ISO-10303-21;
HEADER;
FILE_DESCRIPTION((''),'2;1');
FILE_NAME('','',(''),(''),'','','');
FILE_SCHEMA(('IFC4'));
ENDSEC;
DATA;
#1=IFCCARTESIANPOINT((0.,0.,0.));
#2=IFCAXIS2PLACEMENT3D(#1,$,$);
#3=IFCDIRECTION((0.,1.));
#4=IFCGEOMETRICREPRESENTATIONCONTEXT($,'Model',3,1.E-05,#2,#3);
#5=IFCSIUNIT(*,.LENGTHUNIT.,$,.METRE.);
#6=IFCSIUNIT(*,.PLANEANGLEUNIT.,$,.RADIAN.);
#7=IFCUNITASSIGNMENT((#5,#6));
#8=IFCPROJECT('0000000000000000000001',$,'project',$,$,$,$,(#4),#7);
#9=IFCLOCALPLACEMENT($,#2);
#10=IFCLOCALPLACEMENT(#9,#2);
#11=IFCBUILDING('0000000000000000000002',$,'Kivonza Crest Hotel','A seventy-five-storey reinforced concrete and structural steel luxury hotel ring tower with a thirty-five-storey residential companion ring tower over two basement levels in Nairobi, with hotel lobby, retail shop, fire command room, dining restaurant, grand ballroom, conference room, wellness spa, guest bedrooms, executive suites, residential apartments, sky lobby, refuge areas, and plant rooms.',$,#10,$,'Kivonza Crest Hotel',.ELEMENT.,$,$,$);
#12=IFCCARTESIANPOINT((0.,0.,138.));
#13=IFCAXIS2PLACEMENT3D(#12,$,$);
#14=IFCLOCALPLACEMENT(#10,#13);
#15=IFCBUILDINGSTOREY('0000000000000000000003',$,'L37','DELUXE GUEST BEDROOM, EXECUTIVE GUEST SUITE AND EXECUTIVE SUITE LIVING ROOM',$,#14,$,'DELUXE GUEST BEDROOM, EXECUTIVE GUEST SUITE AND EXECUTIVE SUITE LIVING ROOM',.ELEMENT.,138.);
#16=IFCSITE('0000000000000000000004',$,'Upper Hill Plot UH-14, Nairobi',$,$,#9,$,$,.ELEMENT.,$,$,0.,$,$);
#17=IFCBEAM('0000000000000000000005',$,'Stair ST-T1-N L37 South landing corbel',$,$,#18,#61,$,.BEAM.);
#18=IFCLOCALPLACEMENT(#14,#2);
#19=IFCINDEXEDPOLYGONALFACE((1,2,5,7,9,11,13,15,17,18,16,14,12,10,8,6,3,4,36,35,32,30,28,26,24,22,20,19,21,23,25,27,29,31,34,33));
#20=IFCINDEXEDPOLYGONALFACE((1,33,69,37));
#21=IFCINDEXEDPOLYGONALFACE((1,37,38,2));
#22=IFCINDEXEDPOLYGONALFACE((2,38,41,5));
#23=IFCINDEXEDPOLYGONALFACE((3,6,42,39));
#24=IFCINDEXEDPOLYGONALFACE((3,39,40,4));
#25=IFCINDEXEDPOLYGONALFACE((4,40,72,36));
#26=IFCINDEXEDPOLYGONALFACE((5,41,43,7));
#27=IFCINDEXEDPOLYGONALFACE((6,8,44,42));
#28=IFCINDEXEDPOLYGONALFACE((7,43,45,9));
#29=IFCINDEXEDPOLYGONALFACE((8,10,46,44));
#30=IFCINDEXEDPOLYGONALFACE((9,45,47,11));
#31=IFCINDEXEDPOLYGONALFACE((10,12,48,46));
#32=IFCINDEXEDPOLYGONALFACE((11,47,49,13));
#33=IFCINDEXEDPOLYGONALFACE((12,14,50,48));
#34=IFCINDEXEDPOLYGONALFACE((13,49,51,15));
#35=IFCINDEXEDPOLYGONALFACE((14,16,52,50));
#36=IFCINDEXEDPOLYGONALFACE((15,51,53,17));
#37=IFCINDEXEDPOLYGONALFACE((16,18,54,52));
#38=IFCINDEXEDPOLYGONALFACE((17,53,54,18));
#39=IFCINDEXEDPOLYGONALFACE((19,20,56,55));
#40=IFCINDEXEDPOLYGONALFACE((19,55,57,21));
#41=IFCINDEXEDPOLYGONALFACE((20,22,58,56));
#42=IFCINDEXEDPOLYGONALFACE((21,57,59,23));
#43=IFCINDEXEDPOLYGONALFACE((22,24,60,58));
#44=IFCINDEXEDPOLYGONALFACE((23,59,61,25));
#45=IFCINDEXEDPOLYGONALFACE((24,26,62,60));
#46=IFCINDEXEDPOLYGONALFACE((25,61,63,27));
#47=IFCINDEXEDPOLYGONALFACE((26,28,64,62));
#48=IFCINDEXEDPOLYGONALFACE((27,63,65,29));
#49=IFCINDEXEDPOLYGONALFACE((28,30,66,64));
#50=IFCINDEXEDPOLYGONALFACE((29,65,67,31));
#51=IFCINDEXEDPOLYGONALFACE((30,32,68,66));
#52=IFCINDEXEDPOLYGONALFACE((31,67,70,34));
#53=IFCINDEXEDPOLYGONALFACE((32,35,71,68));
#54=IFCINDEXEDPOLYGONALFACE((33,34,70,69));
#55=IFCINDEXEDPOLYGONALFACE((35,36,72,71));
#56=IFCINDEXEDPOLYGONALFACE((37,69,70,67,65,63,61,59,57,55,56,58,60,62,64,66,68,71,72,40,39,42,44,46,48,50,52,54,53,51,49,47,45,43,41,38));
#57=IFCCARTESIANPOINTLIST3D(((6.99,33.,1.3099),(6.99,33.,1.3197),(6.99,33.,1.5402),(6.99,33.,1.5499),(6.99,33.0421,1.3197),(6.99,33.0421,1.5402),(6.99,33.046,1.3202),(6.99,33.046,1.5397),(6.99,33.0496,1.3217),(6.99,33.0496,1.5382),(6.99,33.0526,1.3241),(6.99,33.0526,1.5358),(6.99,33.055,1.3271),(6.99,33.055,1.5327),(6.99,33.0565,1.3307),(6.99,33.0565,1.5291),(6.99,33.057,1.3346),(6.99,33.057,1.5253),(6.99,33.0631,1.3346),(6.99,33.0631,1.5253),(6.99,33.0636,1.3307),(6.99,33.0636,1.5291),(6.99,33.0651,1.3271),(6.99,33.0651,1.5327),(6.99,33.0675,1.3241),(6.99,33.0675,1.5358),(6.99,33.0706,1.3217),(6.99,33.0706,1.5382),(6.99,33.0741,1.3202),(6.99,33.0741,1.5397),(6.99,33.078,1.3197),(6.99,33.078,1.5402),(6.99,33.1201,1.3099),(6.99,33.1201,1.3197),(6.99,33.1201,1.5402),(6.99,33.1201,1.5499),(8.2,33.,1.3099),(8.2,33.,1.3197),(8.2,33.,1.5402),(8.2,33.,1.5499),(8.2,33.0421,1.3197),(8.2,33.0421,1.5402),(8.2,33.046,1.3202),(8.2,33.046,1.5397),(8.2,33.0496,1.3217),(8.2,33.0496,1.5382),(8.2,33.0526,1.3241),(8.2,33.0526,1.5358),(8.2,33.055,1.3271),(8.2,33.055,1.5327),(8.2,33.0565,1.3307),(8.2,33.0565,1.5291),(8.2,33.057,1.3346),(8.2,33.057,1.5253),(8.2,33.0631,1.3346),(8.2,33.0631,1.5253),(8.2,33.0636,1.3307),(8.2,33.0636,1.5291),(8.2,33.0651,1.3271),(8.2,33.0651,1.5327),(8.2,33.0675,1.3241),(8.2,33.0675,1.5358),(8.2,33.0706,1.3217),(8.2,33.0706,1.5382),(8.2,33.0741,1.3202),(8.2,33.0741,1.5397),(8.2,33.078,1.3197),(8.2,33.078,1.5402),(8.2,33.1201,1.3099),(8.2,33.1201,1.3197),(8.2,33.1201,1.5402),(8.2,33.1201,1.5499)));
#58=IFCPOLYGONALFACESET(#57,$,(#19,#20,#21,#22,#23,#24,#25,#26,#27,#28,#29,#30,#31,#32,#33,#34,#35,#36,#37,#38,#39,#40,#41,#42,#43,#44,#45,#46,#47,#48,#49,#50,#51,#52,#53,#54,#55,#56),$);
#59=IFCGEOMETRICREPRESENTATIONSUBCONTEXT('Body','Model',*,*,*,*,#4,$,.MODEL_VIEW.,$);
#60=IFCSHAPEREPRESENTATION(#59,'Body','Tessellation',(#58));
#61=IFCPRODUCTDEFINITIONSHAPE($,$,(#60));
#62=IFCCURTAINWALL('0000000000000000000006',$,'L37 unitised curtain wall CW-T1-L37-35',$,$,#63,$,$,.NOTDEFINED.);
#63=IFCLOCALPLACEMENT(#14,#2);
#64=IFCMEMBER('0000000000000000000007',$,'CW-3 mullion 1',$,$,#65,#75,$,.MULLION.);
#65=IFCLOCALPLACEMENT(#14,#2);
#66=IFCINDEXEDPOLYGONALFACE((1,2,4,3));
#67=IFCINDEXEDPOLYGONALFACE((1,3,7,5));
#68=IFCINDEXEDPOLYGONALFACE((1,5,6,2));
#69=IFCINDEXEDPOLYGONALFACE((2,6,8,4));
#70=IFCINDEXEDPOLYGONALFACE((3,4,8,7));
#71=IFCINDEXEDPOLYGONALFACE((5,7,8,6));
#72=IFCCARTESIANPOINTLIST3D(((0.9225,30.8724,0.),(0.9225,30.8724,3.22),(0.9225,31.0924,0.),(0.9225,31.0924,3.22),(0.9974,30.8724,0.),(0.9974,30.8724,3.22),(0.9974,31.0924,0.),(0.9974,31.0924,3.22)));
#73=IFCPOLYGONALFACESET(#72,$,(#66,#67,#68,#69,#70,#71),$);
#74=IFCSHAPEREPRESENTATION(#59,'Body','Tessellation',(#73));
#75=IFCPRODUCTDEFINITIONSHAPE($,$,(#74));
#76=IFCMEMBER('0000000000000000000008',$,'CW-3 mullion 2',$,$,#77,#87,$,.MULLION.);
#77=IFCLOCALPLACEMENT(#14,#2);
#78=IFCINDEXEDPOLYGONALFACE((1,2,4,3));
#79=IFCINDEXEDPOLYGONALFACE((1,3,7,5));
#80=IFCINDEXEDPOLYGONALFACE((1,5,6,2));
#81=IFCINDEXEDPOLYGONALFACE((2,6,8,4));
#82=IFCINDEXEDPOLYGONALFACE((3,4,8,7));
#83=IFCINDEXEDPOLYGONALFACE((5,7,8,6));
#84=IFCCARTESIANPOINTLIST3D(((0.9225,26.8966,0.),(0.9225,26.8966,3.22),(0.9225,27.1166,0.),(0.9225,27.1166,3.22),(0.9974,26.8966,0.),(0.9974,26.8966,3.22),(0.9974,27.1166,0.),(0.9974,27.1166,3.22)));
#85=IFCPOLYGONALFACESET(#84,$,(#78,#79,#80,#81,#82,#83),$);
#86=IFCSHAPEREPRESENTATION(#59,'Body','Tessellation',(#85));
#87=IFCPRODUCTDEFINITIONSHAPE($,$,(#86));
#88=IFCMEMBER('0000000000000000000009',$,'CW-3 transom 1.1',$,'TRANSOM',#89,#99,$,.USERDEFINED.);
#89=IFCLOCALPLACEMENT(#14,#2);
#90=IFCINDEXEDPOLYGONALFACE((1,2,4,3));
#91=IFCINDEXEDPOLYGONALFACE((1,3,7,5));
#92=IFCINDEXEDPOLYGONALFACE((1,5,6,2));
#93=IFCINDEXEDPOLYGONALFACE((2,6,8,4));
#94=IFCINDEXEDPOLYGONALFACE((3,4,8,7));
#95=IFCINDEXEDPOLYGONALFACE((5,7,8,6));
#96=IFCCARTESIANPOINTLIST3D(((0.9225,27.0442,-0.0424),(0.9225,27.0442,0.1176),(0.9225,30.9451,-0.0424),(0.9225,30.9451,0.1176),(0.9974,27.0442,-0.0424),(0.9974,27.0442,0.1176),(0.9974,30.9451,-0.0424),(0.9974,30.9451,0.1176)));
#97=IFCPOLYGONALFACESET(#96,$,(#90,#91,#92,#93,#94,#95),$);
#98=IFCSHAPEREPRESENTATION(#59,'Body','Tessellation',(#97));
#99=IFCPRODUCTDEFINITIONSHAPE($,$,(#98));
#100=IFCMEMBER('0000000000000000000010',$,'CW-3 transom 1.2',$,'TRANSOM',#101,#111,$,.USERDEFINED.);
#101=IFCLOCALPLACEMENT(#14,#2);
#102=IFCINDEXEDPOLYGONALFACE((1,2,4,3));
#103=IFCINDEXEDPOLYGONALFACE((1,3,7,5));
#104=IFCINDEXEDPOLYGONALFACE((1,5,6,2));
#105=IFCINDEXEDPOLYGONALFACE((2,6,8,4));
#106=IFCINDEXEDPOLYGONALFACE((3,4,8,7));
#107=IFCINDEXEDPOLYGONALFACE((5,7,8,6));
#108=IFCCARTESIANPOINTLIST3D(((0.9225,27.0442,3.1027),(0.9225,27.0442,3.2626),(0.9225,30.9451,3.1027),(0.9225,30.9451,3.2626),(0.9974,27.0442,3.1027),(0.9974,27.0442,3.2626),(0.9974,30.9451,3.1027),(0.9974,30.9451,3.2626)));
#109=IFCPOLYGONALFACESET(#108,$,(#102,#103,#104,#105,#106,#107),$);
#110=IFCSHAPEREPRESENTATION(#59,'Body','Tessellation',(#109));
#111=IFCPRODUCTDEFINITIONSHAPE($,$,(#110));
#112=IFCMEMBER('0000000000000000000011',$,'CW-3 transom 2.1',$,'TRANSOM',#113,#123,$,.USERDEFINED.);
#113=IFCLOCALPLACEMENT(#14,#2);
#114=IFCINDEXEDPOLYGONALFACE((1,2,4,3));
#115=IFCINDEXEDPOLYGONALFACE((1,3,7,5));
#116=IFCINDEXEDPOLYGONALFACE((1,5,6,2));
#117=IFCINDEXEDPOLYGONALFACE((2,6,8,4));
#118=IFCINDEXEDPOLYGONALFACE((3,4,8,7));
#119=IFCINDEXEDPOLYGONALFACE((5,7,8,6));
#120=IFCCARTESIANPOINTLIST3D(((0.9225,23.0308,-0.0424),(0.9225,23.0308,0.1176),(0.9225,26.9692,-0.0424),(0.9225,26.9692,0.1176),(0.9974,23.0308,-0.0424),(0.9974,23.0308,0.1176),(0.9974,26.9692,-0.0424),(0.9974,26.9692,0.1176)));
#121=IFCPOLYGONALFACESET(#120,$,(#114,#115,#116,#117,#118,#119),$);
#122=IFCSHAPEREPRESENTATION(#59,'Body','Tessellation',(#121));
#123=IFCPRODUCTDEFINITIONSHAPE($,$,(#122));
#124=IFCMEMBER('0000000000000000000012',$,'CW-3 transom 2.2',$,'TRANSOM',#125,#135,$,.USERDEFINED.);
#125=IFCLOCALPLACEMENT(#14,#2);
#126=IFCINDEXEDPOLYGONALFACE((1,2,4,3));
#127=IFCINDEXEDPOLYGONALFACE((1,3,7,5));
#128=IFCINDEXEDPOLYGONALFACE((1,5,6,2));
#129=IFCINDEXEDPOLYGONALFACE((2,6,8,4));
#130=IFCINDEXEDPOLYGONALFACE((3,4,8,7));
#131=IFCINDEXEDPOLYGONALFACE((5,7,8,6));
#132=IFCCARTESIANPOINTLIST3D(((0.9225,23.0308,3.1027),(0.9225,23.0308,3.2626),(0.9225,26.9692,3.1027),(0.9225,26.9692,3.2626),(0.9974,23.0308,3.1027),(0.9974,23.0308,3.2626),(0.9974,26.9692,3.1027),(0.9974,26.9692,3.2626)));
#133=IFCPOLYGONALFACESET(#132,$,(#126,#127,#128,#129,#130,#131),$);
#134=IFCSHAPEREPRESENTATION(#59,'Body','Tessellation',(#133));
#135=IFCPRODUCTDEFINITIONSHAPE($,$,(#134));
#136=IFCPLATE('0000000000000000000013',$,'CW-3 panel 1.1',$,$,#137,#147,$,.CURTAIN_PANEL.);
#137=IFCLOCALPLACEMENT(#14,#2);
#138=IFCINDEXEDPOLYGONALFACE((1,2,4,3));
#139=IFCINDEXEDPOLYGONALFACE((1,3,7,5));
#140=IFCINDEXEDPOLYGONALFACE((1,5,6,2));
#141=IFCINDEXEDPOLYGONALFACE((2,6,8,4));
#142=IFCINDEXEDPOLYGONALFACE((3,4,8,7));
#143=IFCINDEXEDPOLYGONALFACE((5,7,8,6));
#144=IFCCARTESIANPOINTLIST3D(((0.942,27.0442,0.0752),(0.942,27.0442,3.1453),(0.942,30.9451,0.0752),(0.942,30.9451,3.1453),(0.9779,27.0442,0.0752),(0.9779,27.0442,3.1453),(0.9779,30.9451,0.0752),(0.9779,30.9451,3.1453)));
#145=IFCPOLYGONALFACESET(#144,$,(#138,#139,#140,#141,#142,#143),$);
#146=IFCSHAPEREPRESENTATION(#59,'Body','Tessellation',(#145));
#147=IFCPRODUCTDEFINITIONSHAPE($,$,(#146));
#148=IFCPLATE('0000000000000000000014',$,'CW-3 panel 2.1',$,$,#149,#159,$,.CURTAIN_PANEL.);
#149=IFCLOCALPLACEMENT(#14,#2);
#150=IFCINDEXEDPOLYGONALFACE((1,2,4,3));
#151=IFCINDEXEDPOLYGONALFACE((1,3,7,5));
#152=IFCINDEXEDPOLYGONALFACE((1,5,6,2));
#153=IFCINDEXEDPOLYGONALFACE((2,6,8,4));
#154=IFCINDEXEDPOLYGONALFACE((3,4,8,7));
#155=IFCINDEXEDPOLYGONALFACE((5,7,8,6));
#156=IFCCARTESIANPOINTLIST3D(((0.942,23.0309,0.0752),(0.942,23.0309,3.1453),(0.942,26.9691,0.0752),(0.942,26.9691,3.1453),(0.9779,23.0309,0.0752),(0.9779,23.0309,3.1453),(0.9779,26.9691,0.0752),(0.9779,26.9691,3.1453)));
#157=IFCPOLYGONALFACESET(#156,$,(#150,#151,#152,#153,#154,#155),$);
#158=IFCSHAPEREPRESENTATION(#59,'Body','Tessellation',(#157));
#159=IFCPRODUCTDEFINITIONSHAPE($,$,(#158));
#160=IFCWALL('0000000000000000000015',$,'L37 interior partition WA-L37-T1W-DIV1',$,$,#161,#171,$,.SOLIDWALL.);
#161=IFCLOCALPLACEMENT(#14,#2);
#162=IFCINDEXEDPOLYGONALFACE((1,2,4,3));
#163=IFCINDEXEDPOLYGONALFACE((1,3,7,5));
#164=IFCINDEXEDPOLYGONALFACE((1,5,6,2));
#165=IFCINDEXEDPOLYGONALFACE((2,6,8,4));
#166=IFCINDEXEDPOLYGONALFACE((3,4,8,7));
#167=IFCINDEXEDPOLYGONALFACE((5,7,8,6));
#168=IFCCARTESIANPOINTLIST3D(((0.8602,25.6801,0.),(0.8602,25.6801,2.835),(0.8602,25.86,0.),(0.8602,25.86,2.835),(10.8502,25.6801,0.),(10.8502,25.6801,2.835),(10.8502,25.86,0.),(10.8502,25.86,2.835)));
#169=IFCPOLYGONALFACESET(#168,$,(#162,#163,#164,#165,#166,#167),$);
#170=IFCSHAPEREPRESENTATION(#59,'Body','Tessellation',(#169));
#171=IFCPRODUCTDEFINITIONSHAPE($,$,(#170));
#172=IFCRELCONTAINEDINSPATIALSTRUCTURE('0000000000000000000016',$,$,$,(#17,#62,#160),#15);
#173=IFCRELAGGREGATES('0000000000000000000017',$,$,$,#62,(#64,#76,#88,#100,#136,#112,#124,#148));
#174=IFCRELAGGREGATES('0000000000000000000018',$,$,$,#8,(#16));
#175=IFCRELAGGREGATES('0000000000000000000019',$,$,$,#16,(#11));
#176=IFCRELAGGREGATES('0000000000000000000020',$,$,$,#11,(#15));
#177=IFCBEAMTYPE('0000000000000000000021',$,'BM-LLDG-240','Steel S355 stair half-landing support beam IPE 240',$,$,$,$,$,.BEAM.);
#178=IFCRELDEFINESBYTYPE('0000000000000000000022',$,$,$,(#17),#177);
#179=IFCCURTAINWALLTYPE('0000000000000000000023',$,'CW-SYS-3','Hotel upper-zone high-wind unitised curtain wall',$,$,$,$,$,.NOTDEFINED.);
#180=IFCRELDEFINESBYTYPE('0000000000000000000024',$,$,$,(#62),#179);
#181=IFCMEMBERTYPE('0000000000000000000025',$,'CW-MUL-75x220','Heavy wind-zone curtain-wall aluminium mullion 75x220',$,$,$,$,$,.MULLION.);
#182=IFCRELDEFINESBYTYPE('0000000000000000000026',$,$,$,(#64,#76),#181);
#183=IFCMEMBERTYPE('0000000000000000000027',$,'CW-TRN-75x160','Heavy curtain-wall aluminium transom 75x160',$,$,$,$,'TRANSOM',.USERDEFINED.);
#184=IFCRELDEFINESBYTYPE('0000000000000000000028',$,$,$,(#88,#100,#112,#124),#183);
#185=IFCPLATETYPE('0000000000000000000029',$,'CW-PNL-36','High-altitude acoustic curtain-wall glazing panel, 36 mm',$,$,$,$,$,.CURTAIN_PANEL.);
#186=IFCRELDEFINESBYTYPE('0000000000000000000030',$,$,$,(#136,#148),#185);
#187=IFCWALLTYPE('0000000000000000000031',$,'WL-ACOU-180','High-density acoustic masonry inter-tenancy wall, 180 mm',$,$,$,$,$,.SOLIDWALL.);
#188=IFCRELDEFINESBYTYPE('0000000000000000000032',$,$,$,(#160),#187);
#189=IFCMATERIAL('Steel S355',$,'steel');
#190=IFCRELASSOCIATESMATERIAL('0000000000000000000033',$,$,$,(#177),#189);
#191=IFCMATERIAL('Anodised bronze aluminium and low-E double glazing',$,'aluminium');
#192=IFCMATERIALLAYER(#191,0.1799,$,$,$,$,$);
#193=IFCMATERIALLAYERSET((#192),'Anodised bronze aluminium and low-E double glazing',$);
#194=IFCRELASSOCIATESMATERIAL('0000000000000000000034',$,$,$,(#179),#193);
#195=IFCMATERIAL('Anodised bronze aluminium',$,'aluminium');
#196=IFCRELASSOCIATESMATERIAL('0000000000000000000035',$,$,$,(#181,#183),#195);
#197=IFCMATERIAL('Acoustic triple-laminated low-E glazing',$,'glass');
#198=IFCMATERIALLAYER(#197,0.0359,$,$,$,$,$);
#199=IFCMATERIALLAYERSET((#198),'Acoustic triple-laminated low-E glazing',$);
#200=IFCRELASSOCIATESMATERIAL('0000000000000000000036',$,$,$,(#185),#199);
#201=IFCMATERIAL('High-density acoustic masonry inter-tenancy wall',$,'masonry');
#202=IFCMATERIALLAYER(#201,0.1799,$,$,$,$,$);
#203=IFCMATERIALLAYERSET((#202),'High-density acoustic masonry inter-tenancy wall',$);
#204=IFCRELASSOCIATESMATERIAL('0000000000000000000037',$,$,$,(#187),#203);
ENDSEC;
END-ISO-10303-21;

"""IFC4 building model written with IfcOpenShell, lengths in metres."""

from ifc_helpers import new_model, si_unit, direction, frame, frame_2d, origin, origin_2d, place, context, subcontext, project, spatial, rectangle, i_section, extrude, material, layer, layer_set, material_profile, profile_set, type_object, element, aggregate, save


model = new_model("IFC4")

# Units and contexts
model_context = context("Model", 3, precision=1e-05, world=origin(), true_north=direction((0.0, 1.0)))
body_context = subcontext(model_context, "Body", "Model", "MODEL_VIEW")
ifc_project = project(units=[si_unit("LENGTHUNIT", "METRE"), si_unit("PLANEANGLEUNIT", "RADIAN")], contexts=[model_context])

# Site, building, storey
site_placement = place(None, origin())
site = spatial("IfcSite", under=ifc_project, at=site_placement, Name="Upper Hill Plot UH-14, Nairobi", CompositionType="ELEMENT", RefElevation=0.0)
building_placement = place(site_placement, origin())
building = spatial("IfcBuilding", under=site, at=building_placement, Name="Kivonza Crest Hotel", Description="A seventy-five-storey reinforced concrete and structural steel luxury hotel ring tower with a thirty-five-storey residential companion ring tower over two basement levels in Nairobi, with hotel lobby, retail shop, fire command room, dining restaurant, grand ballroom, conference room, wellness spa, guest bedrooms, executive suites, residential apartments, sky lobby, refuge areas, and plant rooms.", LongName="Kivonza Crest Hotel", CompositionType="ELEMENT")
storey_placement = place(building_placement, frame((0.0, 0.0, 138.0)))
storey = spatial("IfcBuildingStorey", under=building, at=storey_placement, Name="L37", Description="DELUXE GUEST BEDROOM, EXECUTIVE GUEST SUITE AND EXECUTIVE SUITE LIVING ROOM", LongName="DELUXE GUEST BEDROOM, EXECUTIVE GUEST SUITE AND EXECUTIVE SUITE LIVING ROOM", CompositionType="ELEMENT", Elevation=138.0)

# Beam
ifc_material_1 = material(Name="Steel S355", Category="steel")
ifc_material_profile_1 = material_profile(ifc_material_1, i_section(OverallWidth=0.1201, OverallDepth=0.24, WebThickness=0.0061, FlangeThickness=0.0098, FilletRadius=0.0149, at=origin_2d()), Name="IPE 240")
ifc_profile_set_1 = profile_set([ifc_material_profile_1], Name="Steel S355")
beam_type_1 = type_object("IfcBeamType", Name="BM-LLDG-240", Description="Steel S355 stair half-landing support beam IPE 240", PredefinedType="BEAM", material=ifc_profile_set_1)
beam_1_placement = place(storey_placement, frame((6.99, 33.0601, 1.4299), z_axis=(1.0, 0.0, 0.0), x_axis=(0.0, 1.0, 0.0)))
element("IfcBeam", 1, at=beam_1_placement, inside=storey, type_object=beam_type_1, Name="Stair ST-T1-N L37 South landing corbel", PredefinedType="BEAM", context=body_context, shape_type="SweptSolid", body=[
    extrude(i_section(OverallWidth=0.1201, OverallDepth=0.24, WebThickness=0.0061, FlangeThickness=0.0098, FilletRadius=0.0149, at=origin_2d()), origin(), (0.0, 0.0, 1.0), 1.21),
])

# Curtain wall, members, plates
ifc_material_2 = material(Name="Anodised bronze aluminium and low-E double glazing", Category="aluminium")
ifc_layer_1 = layer(ifc_material_2, 0.1799)
ifc_layer_set_1 = layer_set([ifc_layer_1], Name="Anodised bronze aluminium and low-E double glazing")
curtain_wall_type = type_object("IfcCurtainWallType", Name="CW-SYS-3", Description="Hotel upper-zone high-wind unitised curtain wall", PredefinedType="NOTDEFINED", material=ifc_layer_set_1)
curtain_wall_placement = place(storey_placement, origin())
curtain_wall = element("IfcCurtainWall", 2, at=curtain_wall_placement, inside=storey, type_object=curtain_wall_type, Name="L37 unitised curtain wall CW-T1-L37-35", PredefinedType="NOTDEFINED")
ifc_material_3 = material(Name="Anodised bronze aluminium", Category="aluminium")
ifc_material_profile_2 = material_profile(ifc_material_3, rectangle(XDim=0.075, YDim=0.22, at=origin_2d()), Name="CW-M 75x220")
ifc_profile_set_2 = profile_set([ifc_material_profile_2], Name="Anodised bronze aluminium")
member_type_1 = type_object("IfcMemberType", Name="CW-MUL-75x220", Description="Heavy wind-zone curtain-wall aluminium mullion 75x220", PredefinedType="MULLION", material=ifc_profile_set_2)
member_1_placement = place(storey_placement, frame((0.96, 30.9824, 0.0), z_axis=(0.0, 0.0, 1.0), x_axis=(1.0, 0.0, 0.0)))
member_1 = element("IfcMember", 3, at=member_1_placement, type_object=member_type_1, Name="CW-3 mullion 1", PredefinedType="MULLION", context=body_context, shape_type="SweptSolid", body=[
    extrude(rectangle(XDim=0.075, YDim=0.22, at=origin_2d()), origin(), (0.0, 0.0, 1.0), 3.22),
])
member_2_placement = place(storey_placement, frame((0.96, 27.0066, 0.0), z_axis=(0.0, 0.0, 1.0), x_axis=(1.0, 0.0, 0.0)))
member_2 = element("IfcMember", 4, at=member_2_placement, type_object=member_type_1, Name="CW-3 mullion 2", PredefinedType="MULLION", context=body_context, shape_type="SweptSolid", body=[
    extrude(rectangle(XDim=0.075, YDim=0.22, at=origin_2d()), origin(), (0.0, 0.0, 1.0), 3.22),
])
ifc_material_profile_3 = material_profile(ifc_material_3, rectangle(XDim=0.075, YDim=0.1599, at=origin_2d()), Name="CW-T 75x160")
ifc_profile_set_3 = profile_set([ifc_material_profile_3], Name="Anodised bronze aluminium")
member_type_2 = type_object("IfcMemberType", Name="CW-TRN-75x160", Description="Heavy curtain-wall aluminium transom 75x160", ElementType="TRANSOM", PredefinedType="USERDEFINED", material=ifc_profile_set_3)
member_3_placement = place(storey_placement, frame((0.96, 30.9451, 0.0376), z_axis=(0.0, -1.0, 0.0), x_axis=(1.0, 0.0, 0.0)))
member_3 = element("IfcMember", 5, at=member_3_placement, type_object=member_type_2, Name="CW-3 transom 1.1", ObjectType="TRANSOM", PredefinedType="USERDEFINED", context=body_context, shape_type="SweptSolid", body=[
    extrude(rectangle(XDim=0.075, YDim=0.1599, at=origin_2d()), origin(), (0.0, 0.0, 1.0), 3.9009),
])
member_4_placement = place(storey_placement, frame((0.96, 30.9451, 3.1826), z_axis=(0.0, -1.0, 0.0), x_axis=(1.0, 0.0, 0.0)))
member_4 = element("IfcMember", 6, at=member_4_placement, type_object=member_type_2, Name="CW-3 transom 1.2", ObjectType="TRANSOM", PredefinedType="USERDEFINED", context=body_context, shape_type="SweptSolid", body=[
    extrude(rectangle(XDim=0.075, YDim=0.1599, at=origin_2d()), origin(), (0.0, 0.0, 1.0), 3.9009),
])
member_5_placement = place(storey_placement, frame((0.96, 26.9692, 0.0376), z_axis=(0.0, -1.0, 0.0), x_axis=(1.0, 0.0, 0.0)))
member_5 = element("IfcMember", 7, at=member_5_placement, type_object=member_type_2, Name="CW-3 transom 2.1", ObjectType="TRANSOM", PredefinedType="USERDEFINED", context=body_context, shape_type="SweptSolid", body=[
    extrude(rectangle(XDim=0.075, YDim=0.1599, at=origin_2d()), origin(), (0.0, 0.0, 1.0), 3.9385),
])
member_6_placement = place(storey_placement, frame((0.96, 26.9692, 3.1826), z_axis=(0.0, -1.0, 0.0), x_axis=(1.0, 0.0, 0.0)))
member_6 = element("IfcMember", 8, at=member_6_placement, type_object=member_type_2, Name="CW-3 transom 2.2", ObjectType="TRANSOM", PredefinedType="USERDEFINED", context=body_context, shape_type="SweptSolid", body=[
    extrude(rectangle(XDim=0.075, YDim=0.1599, at=origin_2d()), origin(), (0.0, 0.0, 1.0), 3.9385),
])
ifc_material_4 = material(Name="Acoustic triple-laminated low-E glazing", Category="glass")
ifc_layer_2 = layer(ifc_material_4, 0.0359)
ifc_layer_set_2 = layer_set([ifc_layer_2], Name="Acoustic triple-laminated low-E glazing")
plate_type = type_object("IfcPlateType", Name="CW-PNL-36", Description="High-altitude acoustic curtain-wall glazing panel, 36 mm", PredefinedType="CURTAIN_PANEL", material=ifc_layer_set_2)
plate_1_placement = place(storey_placement, frame((0.96, 28.9946, 0.0752), z_axis=(0.0, 0.0, 1.0), x_axis=(0.0, -1.0, 0.0)))
plate_1 = element("IfcPlate", 9, at=plate_1_placement, type_object=plate_type, Name="CW-3 panel 1.1", PredefinedType="CURTAIN_PANEL", context=body_context, shape_type="SweptSolid", body=[
    extrude(rectangle(XDim=3.9009, YDim=0.0359, at=origin_2d()), origin(), (0.0, 0.0, 1.0), 3.0701),
])
plate_2_placement = place(storey_placement, frame((0.96, 25.0, 0.0752), z_axis=(0.0, 0.0, 1.0), x_axis=(0.0, -1.0, 0.0)))
plate_2 = element("IfcPlate", 10, at=plate_2_placement, type_object=plate_type, Name="CW-3 panel 2.1", PredefinedType="CURTAIN_PANEL", context=body_context, shape_type="SweptSolid", body=[
    extrude(rectangle(XDim=3.9382, YDim=0.0359, at=origin_2d()), origin(), (0.0, 0.0, 1.0), 3.0701),
])
aggregate(curtain_wall, [member_1, member_2, member_3, member_4, plate_1, member_5, member_6, plate_2])

# Wall
ifc_material_5 = material(Name="High-density acoustic masonry inter-tenancy wall", Category="masonry")
ifc_layer_3 = layer(ifc_material_5, 0.1799)
ifc_layer_set_3 = layer_set([ifc_layer_3], Name="High-density acoustic masonry inter-tenancy wall")
wall_type_1 = type_object("IfcWallType", Name="WL-ACOU-180", Description="High-density acoustic masonry inter-tenancy wall, 180 mm", PredefinedType="SOLIDWALL", material=ifc_layer_set_3)
wall_1_placement = place(storey_placement, frame((0.8601, 25.77, 0.0), z_axis=(0.0, 0.0, 1.0), x_axis=(1.0, 0.0, 0.0)))
element("IfcWall", 11, at=wall_1_placement, inside=storey, type_object=wall_type_1, Name="L37 interior partition WA-L37-T1W-DIV1", PredefinedType="SOLIDWALL", context=body_context, shape_type="SweptSolid", body=[
    extrude(rectangle(XDim=9.99, YDim=0.1799, at=frame_2d((4.9951, 0.0))), origin(), (0.0, 0.0, 1.0), 2.835),
])

save(model, "model.ifc")
